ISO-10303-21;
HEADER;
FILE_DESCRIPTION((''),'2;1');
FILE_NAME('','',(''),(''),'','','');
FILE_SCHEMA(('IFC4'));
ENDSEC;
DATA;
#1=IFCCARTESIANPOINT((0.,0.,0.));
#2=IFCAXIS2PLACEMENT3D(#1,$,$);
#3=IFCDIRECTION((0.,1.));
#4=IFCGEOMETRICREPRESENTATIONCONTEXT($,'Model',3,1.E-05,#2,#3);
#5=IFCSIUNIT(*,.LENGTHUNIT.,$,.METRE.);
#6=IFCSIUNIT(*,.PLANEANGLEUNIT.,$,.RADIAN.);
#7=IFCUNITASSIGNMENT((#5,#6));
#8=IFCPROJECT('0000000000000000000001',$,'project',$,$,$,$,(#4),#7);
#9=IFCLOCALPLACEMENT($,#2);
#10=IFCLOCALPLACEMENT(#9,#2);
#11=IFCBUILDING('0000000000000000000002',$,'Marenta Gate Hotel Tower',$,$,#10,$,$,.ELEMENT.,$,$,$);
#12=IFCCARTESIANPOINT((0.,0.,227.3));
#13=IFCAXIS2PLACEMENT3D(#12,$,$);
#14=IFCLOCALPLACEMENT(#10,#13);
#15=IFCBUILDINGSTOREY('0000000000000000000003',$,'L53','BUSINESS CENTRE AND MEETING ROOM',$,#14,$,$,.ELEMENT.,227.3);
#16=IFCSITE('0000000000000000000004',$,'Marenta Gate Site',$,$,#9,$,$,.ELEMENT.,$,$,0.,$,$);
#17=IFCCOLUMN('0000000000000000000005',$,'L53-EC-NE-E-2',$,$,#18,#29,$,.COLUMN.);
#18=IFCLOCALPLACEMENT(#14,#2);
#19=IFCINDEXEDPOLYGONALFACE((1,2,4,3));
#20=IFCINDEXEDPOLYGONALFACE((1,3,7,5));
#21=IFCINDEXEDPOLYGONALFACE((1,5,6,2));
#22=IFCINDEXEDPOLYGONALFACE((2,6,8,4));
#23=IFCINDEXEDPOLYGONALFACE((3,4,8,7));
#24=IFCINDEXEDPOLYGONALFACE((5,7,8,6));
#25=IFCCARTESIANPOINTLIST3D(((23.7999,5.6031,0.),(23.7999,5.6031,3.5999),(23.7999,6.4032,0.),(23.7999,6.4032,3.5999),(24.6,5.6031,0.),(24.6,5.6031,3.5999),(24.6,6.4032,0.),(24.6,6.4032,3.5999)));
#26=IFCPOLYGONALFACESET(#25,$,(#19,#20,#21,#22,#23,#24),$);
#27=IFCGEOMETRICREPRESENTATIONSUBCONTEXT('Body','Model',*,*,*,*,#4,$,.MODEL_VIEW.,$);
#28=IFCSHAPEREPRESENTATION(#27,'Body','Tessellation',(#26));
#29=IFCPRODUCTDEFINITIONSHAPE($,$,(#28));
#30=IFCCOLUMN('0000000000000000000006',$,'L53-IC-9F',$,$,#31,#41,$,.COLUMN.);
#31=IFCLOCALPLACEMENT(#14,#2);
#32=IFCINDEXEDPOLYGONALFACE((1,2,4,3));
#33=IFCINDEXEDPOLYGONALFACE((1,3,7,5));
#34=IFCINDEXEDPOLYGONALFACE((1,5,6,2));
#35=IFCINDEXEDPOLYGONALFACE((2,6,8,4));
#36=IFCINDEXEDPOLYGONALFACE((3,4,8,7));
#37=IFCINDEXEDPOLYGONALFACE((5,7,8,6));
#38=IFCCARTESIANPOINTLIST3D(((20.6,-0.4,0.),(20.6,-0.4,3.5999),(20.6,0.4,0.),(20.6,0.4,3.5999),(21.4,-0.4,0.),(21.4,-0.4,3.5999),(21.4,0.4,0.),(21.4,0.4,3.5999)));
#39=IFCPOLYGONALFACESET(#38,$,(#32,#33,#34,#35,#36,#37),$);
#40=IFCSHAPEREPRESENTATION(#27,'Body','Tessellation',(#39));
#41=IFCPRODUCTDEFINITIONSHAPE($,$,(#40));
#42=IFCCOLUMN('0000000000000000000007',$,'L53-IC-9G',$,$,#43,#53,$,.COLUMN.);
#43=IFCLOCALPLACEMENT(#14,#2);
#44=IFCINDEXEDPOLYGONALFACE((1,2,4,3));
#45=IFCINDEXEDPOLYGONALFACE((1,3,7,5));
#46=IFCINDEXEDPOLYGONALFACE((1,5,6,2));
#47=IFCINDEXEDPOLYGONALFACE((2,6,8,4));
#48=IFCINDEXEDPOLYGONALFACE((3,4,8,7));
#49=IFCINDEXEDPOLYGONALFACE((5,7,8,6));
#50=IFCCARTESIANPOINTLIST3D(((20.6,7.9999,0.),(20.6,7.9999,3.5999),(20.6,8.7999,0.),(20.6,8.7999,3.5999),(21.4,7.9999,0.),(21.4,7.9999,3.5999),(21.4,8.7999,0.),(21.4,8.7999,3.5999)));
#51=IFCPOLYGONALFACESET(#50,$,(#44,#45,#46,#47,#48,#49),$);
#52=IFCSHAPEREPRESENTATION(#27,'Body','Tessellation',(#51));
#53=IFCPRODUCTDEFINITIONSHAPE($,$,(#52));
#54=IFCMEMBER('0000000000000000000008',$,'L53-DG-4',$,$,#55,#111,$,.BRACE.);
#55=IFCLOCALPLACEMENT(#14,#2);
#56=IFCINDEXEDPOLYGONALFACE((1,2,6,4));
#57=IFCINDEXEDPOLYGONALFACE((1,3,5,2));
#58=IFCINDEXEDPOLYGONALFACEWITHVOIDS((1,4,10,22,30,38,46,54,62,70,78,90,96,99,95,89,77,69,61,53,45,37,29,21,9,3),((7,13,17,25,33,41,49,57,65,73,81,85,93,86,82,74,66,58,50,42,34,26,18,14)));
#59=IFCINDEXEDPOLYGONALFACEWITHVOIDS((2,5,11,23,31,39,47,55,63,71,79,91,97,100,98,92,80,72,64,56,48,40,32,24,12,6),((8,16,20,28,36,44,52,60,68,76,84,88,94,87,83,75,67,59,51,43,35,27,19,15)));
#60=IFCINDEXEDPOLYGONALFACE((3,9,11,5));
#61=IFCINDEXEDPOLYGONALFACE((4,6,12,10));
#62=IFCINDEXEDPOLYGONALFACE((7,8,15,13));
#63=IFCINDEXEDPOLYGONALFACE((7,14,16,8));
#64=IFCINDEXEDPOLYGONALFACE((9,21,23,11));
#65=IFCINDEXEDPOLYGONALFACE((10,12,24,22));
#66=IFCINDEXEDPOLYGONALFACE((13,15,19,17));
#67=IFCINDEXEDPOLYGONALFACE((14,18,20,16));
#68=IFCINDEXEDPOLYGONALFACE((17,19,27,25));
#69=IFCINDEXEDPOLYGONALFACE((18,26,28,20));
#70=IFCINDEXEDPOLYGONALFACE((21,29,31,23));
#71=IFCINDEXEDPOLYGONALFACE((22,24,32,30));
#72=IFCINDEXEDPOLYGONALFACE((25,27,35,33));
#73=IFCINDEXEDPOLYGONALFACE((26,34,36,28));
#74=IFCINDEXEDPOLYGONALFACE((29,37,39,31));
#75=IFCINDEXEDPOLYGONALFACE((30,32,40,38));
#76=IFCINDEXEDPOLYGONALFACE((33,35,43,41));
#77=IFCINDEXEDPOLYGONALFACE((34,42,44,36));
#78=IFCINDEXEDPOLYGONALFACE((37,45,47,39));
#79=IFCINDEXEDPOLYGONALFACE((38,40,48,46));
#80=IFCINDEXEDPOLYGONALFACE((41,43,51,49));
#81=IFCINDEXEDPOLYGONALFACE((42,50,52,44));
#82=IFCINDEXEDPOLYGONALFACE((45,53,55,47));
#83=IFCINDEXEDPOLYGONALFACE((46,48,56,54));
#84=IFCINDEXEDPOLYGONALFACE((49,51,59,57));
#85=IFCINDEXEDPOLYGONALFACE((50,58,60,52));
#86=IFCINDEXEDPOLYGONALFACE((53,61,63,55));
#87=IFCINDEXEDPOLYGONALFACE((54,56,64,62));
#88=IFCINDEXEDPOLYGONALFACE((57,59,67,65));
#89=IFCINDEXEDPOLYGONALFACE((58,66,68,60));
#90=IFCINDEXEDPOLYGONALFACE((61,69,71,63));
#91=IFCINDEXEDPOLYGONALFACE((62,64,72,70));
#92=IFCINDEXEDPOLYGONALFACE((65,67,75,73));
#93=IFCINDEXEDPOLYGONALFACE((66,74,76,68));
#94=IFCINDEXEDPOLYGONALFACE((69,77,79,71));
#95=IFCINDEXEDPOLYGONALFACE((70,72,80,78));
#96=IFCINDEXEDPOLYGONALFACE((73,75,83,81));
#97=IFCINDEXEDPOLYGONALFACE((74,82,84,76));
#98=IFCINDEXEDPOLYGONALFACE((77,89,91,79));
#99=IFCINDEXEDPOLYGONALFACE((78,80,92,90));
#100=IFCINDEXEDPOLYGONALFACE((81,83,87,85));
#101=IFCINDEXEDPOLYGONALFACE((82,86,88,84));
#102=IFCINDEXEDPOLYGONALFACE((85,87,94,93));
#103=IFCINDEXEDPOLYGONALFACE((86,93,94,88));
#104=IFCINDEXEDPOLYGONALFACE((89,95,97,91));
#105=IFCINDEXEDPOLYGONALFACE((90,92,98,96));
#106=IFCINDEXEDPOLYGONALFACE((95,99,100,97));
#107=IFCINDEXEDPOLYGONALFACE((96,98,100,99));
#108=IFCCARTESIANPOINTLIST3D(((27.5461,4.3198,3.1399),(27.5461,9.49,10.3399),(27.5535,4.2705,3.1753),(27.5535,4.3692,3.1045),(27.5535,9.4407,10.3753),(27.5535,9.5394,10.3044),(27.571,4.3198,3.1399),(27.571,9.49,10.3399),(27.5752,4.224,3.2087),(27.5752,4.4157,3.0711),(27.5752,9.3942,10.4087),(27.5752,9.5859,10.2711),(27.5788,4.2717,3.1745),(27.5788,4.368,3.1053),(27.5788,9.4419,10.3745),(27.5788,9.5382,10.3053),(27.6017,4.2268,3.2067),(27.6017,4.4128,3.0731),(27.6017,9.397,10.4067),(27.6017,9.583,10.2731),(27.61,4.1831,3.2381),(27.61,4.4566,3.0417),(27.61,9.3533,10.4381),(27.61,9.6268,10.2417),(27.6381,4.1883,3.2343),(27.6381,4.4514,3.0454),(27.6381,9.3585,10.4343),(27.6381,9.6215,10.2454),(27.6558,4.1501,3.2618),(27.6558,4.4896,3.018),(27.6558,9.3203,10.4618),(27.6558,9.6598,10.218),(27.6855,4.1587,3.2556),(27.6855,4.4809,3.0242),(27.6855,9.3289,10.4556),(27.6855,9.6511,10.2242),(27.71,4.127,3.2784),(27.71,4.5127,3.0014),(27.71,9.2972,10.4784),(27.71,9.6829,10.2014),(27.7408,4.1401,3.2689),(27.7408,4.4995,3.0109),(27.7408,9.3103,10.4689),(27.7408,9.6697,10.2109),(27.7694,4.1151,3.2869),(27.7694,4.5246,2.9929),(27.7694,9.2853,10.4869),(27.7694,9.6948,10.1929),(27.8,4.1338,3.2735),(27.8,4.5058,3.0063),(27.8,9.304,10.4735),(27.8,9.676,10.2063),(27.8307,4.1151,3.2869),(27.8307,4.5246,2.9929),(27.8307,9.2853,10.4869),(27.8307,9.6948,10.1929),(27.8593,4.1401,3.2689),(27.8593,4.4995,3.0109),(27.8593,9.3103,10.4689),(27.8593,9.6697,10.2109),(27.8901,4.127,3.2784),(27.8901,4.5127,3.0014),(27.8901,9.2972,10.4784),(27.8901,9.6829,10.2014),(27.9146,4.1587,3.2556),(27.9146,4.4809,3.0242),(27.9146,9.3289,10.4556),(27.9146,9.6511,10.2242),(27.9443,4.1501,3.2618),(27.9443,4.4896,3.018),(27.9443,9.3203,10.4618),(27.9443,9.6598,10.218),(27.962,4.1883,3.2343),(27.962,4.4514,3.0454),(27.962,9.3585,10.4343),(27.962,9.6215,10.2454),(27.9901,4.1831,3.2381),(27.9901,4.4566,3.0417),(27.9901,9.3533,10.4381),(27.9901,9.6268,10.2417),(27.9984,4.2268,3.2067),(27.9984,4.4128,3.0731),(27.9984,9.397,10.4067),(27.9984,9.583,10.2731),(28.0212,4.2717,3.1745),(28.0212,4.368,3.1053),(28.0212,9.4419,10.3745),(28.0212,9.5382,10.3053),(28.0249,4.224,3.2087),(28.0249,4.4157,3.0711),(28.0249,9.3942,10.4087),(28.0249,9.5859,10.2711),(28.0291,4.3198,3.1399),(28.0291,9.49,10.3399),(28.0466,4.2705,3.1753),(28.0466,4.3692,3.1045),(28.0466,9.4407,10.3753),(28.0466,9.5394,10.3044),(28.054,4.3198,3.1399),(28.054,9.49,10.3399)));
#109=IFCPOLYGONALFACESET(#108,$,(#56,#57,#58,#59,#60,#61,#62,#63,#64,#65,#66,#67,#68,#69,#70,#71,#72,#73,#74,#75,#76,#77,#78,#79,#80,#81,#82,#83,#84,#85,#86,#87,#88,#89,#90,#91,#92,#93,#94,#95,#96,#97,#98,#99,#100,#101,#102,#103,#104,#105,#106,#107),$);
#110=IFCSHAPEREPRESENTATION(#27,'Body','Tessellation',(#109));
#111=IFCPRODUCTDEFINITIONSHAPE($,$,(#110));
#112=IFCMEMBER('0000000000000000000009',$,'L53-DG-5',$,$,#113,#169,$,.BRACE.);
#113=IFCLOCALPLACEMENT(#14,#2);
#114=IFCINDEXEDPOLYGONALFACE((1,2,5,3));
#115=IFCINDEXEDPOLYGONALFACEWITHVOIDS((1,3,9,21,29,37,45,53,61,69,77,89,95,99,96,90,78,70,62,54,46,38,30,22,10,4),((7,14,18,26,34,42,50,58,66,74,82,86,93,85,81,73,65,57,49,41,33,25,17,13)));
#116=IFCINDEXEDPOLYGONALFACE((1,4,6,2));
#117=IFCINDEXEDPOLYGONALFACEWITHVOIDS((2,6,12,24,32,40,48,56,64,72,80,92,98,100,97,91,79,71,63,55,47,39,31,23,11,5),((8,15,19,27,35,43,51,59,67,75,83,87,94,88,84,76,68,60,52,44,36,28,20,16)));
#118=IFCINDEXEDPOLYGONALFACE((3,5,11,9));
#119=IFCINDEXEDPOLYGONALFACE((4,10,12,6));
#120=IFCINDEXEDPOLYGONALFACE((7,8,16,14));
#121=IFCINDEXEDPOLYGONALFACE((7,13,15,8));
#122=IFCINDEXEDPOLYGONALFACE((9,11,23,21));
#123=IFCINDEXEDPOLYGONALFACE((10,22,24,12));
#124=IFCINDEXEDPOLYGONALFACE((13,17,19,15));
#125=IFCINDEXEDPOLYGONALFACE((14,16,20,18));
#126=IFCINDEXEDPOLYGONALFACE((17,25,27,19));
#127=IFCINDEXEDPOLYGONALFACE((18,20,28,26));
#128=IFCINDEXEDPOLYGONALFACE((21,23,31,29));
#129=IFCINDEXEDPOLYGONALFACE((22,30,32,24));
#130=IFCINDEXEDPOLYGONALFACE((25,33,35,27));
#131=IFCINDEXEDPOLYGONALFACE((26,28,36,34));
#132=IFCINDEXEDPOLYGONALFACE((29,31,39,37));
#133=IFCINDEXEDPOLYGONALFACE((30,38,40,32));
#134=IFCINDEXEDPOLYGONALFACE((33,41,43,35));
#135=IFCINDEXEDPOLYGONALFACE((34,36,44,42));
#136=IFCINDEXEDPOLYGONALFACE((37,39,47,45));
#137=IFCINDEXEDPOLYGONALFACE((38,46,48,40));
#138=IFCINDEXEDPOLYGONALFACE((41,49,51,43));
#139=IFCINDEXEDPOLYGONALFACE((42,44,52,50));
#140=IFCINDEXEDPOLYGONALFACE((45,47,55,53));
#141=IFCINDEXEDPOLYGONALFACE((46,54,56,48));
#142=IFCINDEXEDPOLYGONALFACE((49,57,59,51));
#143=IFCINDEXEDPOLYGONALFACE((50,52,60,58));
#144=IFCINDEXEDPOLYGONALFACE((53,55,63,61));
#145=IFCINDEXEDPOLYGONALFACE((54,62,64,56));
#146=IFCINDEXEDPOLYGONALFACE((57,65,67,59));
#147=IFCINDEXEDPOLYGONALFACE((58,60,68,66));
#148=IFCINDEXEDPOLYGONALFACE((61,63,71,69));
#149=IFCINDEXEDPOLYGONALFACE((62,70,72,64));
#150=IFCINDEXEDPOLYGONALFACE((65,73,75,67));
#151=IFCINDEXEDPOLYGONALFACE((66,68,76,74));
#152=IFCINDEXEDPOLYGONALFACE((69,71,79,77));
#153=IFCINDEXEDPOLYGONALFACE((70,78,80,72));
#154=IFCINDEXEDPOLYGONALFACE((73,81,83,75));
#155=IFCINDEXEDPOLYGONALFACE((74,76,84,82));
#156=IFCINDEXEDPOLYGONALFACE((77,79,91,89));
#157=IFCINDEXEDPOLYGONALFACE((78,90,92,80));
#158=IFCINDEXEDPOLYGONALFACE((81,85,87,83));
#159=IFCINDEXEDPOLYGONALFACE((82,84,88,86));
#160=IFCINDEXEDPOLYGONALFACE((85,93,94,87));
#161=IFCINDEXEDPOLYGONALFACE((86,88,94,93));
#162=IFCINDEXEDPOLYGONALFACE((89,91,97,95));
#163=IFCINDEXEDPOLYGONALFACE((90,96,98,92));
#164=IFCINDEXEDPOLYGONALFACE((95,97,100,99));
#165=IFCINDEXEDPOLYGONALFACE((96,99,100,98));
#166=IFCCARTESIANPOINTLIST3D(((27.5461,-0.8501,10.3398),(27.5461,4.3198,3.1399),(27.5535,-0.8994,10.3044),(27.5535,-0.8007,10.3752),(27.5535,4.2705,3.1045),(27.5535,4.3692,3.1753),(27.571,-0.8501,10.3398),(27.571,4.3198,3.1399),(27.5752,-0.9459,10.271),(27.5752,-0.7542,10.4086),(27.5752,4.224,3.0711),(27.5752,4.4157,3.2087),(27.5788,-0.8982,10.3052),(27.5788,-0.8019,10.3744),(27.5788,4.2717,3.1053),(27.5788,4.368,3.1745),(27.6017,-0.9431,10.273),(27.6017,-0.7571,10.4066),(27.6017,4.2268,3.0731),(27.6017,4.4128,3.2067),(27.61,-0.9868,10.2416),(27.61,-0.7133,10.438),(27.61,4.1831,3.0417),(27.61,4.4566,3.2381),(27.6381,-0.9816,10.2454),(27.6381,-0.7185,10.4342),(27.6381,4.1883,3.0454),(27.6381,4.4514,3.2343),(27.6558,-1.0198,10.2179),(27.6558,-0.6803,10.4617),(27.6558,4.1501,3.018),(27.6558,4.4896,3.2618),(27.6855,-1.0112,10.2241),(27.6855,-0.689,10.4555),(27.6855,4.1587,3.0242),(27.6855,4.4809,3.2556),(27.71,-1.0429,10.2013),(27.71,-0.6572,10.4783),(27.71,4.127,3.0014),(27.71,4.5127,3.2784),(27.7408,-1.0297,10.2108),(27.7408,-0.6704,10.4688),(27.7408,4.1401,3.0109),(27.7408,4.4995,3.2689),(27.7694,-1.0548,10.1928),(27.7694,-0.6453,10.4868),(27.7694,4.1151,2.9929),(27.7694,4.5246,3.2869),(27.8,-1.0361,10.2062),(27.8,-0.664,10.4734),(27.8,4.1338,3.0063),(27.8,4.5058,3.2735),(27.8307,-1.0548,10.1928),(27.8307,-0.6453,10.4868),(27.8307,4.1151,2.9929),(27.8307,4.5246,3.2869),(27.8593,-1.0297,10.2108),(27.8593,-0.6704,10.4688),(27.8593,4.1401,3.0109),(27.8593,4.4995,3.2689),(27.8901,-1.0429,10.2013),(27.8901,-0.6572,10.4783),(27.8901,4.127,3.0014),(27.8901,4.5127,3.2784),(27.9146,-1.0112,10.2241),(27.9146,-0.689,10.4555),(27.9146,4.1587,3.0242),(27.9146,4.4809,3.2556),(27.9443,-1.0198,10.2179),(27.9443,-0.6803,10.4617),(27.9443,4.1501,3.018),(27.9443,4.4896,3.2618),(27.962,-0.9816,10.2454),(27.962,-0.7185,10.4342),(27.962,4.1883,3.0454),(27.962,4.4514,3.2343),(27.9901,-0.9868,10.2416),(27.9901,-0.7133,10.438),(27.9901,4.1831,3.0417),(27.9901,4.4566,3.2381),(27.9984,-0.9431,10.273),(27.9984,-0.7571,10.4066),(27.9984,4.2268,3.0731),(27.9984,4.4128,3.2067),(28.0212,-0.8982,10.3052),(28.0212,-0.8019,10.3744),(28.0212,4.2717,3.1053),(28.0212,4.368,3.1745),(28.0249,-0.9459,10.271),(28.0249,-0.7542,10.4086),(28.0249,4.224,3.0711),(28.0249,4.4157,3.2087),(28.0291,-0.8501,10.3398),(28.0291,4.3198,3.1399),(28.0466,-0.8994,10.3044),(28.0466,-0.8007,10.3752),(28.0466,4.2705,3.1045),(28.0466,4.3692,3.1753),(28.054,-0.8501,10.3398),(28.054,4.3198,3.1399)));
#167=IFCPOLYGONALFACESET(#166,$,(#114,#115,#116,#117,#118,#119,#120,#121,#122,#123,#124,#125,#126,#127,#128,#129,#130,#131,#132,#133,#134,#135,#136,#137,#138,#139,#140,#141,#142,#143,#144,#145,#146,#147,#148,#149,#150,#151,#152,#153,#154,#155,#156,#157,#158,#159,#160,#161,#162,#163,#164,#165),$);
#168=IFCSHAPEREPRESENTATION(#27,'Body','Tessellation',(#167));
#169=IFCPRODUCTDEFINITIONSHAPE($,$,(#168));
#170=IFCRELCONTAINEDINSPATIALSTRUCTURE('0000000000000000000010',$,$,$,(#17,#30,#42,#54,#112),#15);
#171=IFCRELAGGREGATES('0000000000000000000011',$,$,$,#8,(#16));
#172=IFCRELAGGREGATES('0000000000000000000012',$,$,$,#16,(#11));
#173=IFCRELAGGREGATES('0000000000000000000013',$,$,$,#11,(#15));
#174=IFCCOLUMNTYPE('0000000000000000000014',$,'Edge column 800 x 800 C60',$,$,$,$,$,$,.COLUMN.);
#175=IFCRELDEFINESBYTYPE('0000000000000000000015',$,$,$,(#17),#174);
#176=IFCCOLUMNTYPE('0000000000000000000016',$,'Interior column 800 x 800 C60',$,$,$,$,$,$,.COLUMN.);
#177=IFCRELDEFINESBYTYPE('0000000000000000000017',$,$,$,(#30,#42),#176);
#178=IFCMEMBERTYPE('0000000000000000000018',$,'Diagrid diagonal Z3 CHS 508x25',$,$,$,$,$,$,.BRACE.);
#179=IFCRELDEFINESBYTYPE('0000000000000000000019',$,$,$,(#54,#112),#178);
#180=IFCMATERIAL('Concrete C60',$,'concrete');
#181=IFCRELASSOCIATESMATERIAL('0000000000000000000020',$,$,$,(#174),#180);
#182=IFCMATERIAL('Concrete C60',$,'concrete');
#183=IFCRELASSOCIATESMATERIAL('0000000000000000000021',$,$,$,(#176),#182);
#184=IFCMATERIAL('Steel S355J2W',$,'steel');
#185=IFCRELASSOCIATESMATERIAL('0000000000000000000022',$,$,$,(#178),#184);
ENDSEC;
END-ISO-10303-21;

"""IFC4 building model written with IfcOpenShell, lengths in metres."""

from ifc_helpers import new_model, si_unit, direction, frame, origin, origin_2d, place, context, subcontext, project, spatial, rectangle, hollow_circle, extrude, material, material_profile, profile_set, type_object, element, save


model = new_model("IFC4")

# Units and contexts
model_context = context("Model", 3, precision=1e-05, world=origin(), true_north=direction((0.0, 1.0)))
body_context = subcontext(model_context, "Body", "Model", "MODEL_VIEW")
ifc_project = project(units=[si_unit("LENGTHUNIT", "METRE"), si_unit("PLANEANGLEUNIT", "RADIAN")], contexts=[model_context])

# Site, building, storey
site_placement = place(None, origin())
site = spatial("IfcSite", under=ifc_project, at=site_placement, Name="Marenta Gate Site", CompositionType="ELEMENT", RefElevation=0.0)
building_placement = place(site_placement, origin())
building = spatial("IfcBuilding", under=site, at=building_placement, Name="Marenta Gate Hotel Tower", CompositionType="ELEMENT")
storey_placement = place(building_placement, frame((0.0, 0.0, 227.3)))
storey = spatial("IfcBuildingStorey", under=building, at=storey_placement, Name="L53", Description="BUSINESS CENTRE AND MEETING ROOM", CompositionType="ELEMENT", Elevation=227.3)

# Columns
ifc_material_1 = material(Name="Concrete C60", Category="concrete")
ifc_material_profile_1 = material_profile(ifc_material_1, rectangle(XDim=0.8, YDim=0.8, at=origin_2d()), Name="800 x 800")
ifc_profile_set_1 = profile_set([ifc_material_profile_1], Name="Concrete C60")
column_type_1 = type_object("IfcColumnType", Name="Edge column 800 x 800 C60", PredefinedType="COLUMN", material=ifc_profile_set_1)
column_placement = place(storey_placement, frame((24.2, 6.0032, 0.0), z_axis=(0.0, 0.0, 1.0), x_axis=(1.0, 0.0, 0.0)))
element("IfcColumn", 1, at=column_placement, inside=storey, type_object=column_type_1, Name="L53-EC-NE-E-2", PredefinedType="COLUMN", context=body_context, shape_type="SweptSolid", body=[
    extrude(rectangle(XDim=0.8, YDim=0.8, at=origin_2d()), origin(), (0.0, 0.0, 1.0), 3.5999),
])
ifc_material_2 = material(Name="Concrete C60", Category="concrete")
ifc_material_profile_2 = material_profile(ifc_material_2, rectangle(XDim=0.8, YDim=0.8, at=origin_2d()), Name="800 x 800")
ifc_profile_set_2 = profile_set([ifc_material_profile_2], Name="Concrete C60")
column_type_2 = type_object("IfcColumnType", Name="Interior column 800 x 800 C60", PredefinedType="COLUMN", material=ifc_profile_set_2)
for number, where, z_axis, x_axis, name in (
    (2, (21.0, 0.0, 0.0), (0.0, 0.0, 1.0), (1.0, 0.0, 0.0), "L53-IC-9F"),
    (3, (21.0, 8.3999, 0.0), (0.0, 0.0, 1.0), (1.0, 0.0, 0.0), "L53-IC-9G"),
):
    element("IfcColumn", number, at=place(storey_placement, frame(where, z_axis=z_axis, x_axis=x_axis)), inside=storey, type_object=column_type_2, Name=name, PredefinedType="COLUMN", context=body_context, shape_type="SweptSolid", body=[
        extrude(rectangle(XDim=0.8, YDim=0.8, at=origin_2d()), origin(), (0.0, 0.0, 1.0), 3.5999),
    ])

# Members
ifc_material_3 = material(Name="Steel S355J2W", Category="steel")
ifc_material_profile_3 = material_profile(ifc_material_3, hollow_circle(Radius=0.2539, WallThickness=0.0249, at=origin_2d()), Name="CHS 508x25")
ifc_profile_set_3 = profile_set([ifc_material_profile_3], Name="Steel S355J2W")
member_type_1 = type_object("IfcMemberType", Name="Diagrid diagonal Z3 CHS 508x25", PredefinedType="BRACE", material=ifc_profile_set_3)
member_1_placement = place(storey_placement, frame((27.8, 4.3198, 3.1399), z_axis=(0.0, 0.583279, 0.812272), x_axis=(-1.0, 0.0, 0.0)))
element("IfcMember", 4, at=member_1_placement, inside=storey, type_object=member_type_1, Name="L53-DG-4", PredefinedType="BRACE", context=body_context, shape_type="SweptSolid", body=[
    extrude(hollow_circle(Radius=0.2539, WallThickness=0.0249, at=origin_2d()), origin(), (0.0, 0.0, 1.0), 8.864),
])
member_2_placement = place(storey_placement, frame((27.8, 4.3198, 3.1399), z_axis=(0.0, -0.583261, 0.812285), x_axis=(1.0, 0.0, 0.0)))
element("IfcMember", 5, at=member_2_placement, inside=storey, type_object=member_type_1, Name="L53-DG-5", PredefinedType="BRACE", context=body_context, shape_type="SweptSolid", body=[
    extrude(hollow_circle(Radius=0.2539, WallThickness=0.0249, at=origin_2d()), origin(), (0.0, 0.0, 1.0), 8.8638),
])

save(model, "model.ifc")
